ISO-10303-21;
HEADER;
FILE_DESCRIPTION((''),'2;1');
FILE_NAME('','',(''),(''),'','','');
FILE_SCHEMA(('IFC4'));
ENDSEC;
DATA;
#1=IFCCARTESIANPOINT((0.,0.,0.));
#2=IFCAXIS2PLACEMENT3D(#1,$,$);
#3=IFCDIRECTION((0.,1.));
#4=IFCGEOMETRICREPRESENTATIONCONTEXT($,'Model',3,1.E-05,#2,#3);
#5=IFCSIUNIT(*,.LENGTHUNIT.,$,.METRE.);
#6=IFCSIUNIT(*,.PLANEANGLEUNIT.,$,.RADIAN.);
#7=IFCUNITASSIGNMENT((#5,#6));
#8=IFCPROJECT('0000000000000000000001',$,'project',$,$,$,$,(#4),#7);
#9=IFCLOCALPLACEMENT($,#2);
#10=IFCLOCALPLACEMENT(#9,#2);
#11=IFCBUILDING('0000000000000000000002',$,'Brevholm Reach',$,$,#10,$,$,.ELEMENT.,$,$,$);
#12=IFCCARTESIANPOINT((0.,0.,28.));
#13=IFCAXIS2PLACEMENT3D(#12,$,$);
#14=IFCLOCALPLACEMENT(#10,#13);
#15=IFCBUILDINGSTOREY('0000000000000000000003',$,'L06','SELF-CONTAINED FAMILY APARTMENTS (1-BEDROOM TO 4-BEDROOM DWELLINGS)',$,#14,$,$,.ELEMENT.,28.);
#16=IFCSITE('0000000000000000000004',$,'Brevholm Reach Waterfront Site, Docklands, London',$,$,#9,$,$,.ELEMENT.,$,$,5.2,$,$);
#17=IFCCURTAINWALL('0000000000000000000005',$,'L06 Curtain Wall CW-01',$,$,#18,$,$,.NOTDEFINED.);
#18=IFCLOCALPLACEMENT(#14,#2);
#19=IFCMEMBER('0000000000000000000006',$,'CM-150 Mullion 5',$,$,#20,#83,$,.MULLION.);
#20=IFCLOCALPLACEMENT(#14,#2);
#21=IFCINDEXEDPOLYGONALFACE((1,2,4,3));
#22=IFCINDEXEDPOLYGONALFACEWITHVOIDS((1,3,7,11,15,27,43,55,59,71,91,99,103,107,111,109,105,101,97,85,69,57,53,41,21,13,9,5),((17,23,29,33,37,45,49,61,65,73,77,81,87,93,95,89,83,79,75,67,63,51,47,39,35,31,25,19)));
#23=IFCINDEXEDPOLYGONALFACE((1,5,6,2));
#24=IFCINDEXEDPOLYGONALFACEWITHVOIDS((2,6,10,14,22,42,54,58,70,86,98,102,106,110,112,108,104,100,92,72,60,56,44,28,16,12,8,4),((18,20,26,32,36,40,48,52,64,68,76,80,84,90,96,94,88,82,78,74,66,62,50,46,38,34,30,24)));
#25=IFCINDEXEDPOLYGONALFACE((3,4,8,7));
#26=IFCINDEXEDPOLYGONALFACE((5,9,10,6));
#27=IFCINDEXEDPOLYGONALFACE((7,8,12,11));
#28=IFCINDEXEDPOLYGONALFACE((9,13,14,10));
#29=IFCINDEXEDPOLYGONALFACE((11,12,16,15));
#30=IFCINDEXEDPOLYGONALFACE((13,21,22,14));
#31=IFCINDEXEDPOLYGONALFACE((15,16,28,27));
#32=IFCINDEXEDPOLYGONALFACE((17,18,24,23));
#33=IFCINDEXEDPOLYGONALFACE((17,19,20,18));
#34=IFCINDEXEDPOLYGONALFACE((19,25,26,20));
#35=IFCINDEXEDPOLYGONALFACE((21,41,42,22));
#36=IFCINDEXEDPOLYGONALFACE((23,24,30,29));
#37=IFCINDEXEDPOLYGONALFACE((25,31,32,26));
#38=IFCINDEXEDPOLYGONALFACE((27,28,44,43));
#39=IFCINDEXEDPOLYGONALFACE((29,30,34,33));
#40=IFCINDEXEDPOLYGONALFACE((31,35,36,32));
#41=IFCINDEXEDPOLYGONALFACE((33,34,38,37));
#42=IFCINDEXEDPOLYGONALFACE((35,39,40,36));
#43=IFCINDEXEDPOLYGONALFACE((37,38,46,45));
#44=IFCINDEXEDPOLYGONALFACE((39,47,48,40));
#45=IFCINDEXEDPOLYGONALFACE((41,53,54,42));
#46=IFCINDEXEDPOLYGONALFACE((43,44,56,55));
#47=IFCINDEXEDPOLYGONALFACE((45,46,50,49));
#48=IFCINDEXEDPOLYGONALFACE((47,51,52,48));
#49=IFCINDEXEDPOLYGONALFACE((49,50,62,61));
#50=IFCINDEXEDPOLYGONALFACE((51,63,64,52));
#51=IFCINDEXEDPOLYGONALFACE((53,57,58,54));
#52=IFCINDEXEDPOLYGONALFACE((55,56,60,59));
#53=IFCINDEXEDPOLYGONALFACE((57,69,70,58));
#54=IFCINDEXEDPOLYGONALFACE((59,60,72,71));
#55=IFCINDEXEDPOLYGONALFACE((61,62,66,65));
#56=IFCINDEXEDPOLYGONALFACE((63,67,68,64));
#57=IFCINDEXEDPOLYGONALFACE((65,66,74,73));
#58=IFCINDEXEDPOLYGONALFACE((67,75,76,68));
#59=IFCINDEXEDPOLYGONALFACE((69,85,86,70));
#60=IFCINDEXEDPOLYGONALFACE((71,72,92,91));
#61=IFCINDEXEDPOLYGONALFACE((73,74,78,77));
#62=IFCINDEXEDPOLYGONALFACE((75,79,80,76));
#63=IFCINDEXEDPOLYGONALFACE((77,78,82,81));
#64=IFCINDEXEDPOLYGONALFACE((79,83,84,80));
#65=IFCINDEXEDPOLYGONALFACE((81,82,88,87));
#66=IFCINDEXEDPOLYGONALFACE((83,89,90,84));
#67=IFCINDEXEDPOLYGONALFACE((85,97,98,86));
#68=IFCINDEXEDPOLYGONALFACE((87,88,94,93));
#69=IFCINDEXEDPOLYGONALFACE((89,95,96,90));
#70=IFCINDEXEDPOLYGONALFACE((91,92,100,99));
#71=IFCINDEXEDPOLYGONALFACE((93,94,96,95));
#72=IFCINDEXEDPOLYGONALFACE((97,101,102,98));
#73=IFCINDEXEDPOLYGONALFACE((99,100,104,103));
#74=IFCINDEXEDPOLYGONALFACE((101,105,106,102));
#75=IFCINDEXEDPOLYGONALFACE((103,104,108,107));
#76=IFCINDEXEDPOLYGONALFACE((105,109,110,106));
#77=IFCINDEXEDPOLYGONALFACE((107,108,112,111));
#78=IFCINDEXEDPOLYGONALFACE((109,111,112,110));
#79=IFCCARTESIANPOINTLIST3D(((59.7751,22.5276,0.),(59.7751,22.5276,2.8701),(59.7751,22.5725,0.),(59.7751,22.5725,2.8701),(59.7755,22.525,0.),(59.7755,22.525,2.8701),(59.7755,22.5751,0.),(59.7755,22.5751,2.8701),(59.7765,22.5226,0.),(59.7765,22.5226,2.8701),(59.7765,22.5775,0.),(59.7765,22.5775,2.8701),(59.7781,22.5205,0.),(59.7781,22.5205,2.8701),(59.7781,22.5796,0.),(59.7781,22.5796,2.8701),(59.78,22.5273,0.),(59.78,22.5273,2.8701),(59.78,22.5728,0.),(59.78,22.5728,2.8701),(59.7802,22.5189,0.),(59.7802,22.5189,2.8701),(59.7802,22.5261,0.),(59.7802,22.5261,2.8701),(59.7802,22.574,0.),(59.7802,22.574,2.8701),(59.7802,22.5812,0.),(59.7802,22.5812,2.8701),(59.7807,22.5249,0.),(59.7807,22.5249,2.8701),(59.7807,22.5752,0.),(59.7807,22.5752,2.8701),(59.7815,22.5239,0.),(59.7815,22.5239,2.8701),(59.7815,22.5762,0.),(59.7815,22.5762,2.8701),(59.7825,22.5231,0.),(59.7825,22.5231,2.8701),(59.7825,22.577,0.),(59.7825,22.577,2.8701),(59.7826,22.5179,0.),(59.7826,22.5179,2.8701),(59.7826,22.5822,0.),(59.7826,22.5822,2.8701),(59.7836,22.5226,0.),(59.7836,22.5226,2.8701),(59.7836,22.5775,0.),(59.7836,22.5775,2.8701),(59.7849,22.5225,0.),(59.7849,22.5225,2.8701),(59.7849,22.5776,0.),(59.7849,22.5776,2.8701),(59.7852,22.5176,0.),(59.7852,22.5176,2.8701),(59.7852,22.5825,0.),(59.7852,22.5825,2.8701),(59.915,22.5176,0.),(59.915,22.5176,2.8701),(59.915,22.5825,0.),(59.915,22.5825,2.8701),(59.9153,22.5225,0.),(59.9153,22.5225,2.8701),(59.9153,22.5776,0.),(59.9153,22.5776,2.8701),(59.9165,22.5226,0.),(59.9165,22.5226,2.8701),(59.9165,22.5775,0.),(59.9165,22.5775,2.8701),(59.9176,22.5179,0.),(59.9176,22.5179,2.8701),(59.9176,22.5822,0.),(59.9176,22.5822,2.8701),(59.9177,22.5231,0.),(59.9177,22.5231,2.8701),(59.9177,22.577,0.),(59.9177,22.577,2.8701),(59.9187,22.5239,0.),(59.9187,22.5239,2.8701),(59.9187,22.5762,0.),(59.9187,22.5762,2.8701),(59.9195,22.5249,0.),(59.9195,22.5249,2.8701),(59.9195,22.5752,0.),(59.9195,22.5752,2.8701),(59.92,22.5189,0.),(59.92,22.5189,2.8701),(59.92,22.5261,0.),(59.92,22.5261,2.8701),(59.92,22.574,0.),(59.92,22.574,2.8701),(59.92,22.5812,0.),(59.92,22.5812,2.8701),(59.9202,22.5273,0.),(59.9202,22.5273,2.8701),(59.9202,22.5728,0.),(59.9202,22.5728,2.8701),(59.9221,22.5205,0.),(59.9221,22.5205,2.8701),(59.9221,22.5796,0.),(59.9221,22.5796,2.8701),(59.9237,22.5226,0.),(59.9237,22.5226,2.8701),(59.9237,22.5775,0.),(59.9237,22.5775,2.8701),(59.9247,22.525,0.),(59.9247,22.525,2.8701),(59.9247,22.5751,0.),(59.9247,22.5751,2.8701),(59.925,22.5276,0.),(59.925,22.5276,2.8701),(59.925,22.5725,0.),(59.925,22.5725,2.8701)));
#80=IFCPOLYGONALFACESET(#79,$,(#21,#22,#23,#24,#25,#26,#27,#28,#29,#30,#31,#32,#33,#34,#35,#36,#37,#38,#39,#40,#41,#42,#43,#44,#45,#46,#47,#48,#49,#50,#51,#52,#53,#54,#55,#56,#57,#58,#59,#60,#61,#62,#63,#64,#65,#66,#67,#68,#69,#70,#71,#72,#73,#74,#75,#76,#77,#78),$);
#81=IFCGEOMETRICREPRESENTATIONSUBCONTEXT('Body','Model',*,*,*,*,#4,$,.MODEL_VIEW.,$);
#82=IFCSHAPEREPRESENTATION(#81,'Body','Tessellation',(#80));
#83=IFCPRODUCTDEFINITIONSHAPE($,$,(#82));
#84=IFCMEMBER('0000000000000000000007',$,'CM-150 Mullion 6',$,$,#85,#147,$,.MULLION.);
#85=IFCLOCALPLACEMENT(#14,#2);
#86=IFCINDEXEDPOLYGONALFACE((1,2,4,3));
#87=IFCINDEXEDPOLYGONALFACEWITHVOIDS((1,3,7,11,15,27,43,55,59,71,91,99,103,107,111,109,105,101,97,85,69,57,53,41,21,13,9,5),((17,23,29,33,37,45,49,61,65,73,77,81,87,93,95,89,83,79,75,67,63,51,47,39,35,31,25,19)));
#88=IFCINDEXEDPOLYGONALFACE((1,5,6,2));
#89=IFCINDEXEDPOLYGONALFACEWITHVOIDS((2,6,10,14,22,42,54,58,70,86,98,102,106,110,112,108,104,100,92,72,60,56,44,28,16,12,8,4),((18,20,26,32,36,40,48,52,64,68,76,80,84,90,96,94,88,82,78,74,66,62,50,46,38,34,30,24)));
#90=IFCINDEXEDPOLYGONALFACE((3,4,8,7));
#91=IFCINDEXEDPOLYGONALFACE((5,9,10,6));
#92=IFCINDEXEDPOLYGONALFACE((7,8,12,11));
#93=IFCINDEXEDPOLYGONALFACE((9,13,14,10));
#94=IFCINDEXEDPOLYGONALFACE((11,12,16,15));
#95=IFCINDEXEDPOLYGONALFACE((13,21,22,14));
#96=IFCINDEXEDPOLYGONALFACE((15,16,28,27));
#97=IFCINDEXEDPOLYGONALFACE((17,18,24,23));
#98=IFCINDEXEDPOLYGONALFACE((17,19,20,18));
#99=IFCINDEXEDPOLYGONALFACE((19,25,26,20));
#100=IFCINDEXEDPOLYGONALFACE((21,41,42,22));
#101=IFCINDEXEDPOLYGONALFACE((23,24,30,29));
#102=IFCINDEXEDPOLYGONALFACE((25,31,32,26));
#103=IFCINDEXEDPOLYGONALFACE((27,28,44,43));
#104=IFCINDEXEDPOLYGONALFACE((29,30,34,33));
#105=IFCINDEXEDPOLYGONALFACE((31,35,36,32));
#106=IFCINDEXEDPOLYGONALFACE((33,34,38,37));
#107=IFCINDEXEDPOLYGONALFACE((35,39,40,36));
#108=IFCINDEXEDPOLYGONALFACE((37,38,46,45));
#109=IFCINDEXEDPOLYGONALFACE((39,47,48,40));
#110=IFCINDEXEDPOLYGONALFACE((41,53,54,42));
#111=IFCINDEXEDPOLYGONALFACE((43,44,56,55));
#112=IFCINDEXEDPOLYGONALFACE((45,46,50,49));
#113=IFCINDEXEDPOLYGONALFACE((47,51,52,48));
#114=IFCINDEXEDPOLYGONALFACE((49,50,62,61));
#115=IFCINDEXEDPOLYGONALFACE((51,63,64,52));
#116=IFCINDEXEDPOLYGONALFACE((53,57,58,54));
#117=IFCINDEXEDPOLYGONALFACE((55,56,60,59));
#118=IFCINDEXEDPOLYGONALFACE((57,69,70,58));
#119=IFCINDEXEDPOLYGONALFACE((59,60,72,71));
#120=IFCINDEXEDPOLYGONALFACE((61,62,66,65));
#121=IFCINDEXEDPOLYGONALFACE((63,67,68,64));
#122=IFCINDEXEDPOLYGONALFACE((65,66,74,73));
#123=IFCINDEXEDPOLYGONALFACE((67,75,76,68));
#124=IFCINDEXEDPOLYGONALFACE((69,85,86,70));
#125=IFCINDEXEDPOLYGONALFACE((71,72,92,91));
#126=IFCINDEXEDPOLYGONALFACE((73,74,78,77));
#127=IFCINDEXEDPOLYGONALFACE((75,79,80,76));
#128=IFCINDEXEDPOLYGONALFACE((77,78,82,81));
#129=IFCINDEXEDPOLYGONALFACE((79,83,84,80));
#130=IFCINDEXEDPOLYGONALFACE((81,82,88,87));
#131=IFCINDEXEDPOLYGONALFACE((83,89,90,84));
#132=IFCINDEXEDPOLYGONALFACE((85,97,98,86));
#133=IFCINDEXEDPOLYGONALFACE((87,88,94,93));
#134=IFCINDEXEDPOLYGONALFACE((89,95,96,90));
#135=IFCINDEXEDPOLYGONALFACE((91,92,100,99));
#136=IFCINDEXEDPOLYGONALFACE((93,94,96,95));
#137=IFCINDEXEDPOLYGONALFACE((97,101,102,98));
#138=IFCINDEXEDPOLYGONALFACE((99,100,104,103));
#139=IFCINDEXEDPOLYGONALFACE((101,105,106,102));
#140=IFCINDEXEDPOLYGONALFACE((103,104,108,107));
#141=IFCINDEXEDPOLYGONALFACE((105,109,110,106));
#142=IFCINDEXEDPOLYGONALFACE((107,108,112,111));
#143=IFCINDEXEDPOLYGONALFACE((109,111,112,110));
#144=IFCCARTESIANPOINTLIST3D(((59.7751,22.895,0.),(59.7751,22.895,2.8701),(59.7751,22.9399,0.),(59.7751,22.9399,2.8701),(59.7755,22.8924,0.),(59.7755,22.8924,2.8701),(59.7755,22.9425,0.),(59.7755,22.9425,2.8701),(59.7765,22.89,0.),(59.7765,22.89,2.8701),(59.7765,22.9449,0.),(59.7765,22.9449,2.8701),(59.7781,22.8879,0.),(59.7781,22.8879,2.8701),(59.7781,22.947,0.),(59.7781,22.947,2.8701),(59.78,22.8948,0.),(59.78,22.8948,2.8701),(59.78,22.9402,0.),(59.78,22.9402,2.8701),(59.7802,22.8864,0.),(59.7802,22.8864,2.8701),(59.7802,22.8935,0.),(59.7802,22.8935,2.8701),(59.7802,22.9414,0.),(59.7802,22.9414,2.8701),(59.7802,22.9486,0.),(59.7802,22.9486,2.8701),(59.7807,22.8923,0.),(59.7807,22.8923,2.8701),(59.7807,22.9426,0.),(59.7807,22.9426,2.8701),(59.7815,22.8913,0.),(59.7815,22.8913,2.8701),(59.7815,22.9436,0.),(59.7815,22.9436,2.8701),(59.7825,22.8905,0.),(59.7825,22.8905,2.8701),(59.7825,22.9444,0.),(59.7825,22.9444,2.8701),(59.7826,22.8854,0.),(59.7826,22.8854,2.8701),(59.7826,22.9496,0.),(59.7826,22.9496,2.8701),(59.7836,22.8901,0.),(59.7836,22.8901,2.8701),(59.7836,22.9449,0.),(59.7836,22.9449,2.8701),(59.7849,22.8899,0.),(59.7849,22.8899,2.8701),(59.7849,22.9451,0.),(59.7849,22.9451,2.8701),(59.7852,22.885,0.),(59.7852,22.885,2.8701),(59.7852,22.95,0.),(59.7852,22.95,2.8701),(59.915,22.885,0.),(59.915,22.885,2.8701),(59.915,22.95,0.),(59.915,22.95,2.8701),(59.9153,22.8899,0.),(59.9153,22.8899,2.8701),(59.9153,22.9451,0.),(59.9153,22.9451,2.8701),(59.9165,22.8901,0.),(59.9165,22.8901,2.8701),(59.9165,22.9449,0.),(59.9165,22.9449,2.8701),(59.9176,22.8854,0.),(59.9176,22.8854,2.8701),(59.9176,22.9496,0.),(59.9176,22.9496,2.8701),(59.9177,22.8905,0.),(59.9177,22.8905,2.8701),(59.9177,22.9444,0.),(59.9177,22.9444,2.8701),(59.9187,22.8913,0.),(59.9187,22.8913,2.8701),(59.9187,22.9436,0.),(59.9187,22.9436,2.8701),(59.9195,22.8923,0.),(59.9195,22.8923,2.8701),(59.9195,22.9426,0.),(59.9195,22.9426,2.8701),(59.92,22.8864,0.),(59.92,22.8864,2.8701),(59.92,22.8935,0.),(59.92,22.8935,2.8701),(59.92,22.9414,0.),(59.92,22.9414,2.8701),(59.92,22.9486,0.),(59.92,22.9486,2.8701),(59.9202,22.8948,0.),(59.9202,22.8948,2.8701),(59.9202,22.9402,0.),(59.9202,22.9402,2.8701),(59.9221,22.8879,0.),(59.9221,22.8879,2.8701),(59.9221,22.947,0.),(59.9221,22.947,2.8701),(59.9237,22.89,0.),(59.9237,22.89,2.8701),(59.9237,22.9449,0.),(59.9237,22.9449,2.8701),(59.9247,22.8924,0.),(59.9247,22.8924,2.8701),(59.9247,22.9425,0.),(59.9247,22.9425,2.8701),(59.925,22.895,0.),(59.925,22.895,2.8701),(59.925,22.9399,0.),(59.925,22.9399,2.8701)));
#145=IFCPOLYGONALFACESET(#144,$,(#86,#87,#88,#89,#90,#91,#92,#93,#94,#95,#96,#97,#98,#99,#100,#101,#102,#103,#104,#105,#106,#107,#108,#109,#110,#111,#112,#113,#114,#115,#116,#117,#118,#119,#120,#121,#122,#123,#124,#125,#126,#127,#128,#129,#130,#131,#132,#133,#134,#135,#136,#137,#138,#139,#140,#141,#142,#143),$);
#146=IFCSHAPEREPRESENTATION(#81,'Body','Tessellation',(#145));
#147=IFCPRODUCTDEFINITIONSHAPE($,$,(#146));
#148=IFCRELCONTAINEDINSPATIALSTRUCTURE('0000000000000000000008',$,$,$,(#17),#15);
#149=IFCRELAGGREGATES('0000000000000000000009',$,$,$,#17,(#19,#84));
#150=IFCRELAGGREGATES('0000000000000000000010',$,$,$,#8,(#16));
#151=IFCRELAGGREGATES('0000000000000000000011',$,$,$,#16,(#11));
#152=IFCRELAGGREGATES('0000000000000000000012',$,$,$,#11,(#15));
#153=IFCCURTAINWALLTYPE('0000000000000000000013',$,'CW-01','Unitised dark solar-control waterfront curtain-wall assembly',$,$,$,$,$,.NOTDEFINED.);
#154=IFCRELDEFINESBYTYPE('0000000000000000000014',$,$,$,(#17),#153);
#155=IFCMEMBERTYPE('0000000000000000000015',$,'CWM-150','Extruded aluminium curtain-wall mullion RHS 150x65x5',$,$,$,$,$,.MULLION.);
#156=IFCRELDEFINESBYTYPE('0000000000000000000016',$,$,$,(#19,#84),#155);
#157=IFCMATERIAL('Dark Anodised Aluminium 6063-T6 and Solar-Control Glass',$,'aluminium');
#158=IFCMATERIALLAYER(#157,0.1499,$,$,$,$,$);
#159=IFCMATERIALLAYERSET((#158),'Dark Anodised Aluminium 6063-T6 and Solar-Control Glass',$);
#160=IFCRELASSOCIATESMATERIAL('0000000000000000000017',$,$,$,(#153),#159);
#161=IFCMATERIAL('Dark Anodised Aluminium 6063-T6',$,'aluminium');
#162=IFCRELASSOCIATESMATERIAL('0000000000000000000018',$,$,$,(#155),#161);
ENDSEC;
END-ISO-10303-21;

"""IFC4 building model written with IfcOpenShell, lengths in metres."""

from ifc_helpers import new_model, si_unit, direction, frame, origin, origin_2d, place, context, subcontext, project, spatial, hollow_rectangle, extrude, material, layer, layer_set, material_profile, profile_set, type_object, element, aggregate, save


model = new_model("IFC4")

# Units and contexts
model_context = context("Model", 3, precision=1e-05, world=origin(), true_north=direction((0.0, 1.0)))
body_context = subcontext(model_context, "Body", "Model", "MODEL_VIEW")
ifc_project = project(units=[si_unit("LENGTHUNIT", "METRE"), si_unit("PLANEANGLEUNIT", "RADIAN")], contexts=[model_context])

# Site, building, storey
site_placement = place(None, origin())
site = spatial("IfcSite", under=ifc_project, at=site_placement, Name="Brevholm Reach Waterfront Site, Docklands, London", CompositionType="ELEMENT", RefElevation=5.2)
building_placement = place(site_placement, origin())
building = spatial("IfcBuilding", under=site, at=building_placement, Name="Brevholm Reach", CompositionType="ELEMENT")
storey_placement = place(building_placement, frame((0.0, 0.0, 28.0)))
storey = spatial("IfcBuildingStorey", under=building, at=storey_placement, Name="L06", Description="SELF-CONTAINED FAMILY APARTMENTS (1-BEDROOM TO 4-BEDROOM DWELLINGS)", CompositionType="ELEMENT", Elevation=28.0)

# Curtain wall, members
ifc_material_1 = material(Name="Dark Anodised Aluminium 6063-T6 and Solar-Control Glass", Category="aluminium")
ifc_layer_1 = layer(ifc_material_1, 0.1499)
ifc_layer_set_1 = layer_set([ifc_layer_1], Name="Dark Anodised Aluminium 6063-T6 and Solar-Control Glass")
curtain_wall_type = type_object("IfcCurtainWallType", Name="CW-01", Description="Unitised dark solar-control waterfront curtain-wall assembly", PredefinedType="NOTDEFINED", material=ifc_layer_set_1)
curtain_wall_1_placement = place(storey_placement, origin())
curtain_wall_1 = element("IfcCurtainWall", 1, at=curtain_wall_1_placement, inside=storey, type_object=curtain_wall_type, Name="L06 Curtain Wall CW-01", PredefinedType="NOTDEFINED")
ifc_material_2 = material(Name="Dark Anodised Aluminium 6063-T6", Category="aluminium")
ifc_material_profile_1 = material_profile(ifc_material_2, hollow_rectangle(XDim=0.0649, YDim=0.1499, WallThickness=0.0049, InnerFilletRadius=0.0049, OuterFilletRadius=0.01, at=origin_2d()), Name="RHS 150x65x5")
ifc_profile_set_1 = profile_set([ifc_material_profile_1], Name="Dark Anodised Aluminium 6063-T6")
member_type_1 = type_object("IfcMemberType", Name="CWM-150", Description="Extruded aluminium curtain-wall mullion RHS 150x65x5", PredefinedType="MULLION", material=ifc_profile_set_1)
member_1_placement = place(storey_placement, frame((59.8501, 22.55, 0.0), z_axis=(0.0, 0.0, 1.0), x_axis=(0.0, 1.0, 0.0)))
member_1 = element("IfcMember", 2, at=member_1_placement, type_object=member_type_1, Name="CM-150 Mullion 5", PredefinedType="MULLION", context=body_context, shape_type="SweptSolid", body=[
    extrude(hollow_rectangle(XDim=0.0649, YDim=0.1499, WallThickness=0.0049, InnerFilletRadius=0.0049, OuterFilletRadius=0.01, at=origin_2d()), origin(), (0.0, 0.0, 1.0), 2.8701),
])
member_2_placement = place(storey_placement, frame((59.8501, 22.9175, 0.0), z_axis=(0.0, 0.0, 1.0), x_axis=(0.0, 1.0, 0.0)))
member_2 = element("IfcMember", 3, at=member_2_placement, type_object=member_type_1, Name="CM-150 Mullion 6", PredefinedType="MULLION", context=body_context, shape_type="SweptSolid", body=[
    extrude(hollow_rectangle(XDim=0.0649, YDim=0.1499, WallThickness=0.0049, InnerFilletRadius=0.0049, OuterFilletRadius=0.01, at=origin_2d()), origin(), (0.0, 0.0, 1.0), 2.8701),
])

aggregate(curtain_wall_1, [member_1, member_2])

save(model, "model.ifc")
